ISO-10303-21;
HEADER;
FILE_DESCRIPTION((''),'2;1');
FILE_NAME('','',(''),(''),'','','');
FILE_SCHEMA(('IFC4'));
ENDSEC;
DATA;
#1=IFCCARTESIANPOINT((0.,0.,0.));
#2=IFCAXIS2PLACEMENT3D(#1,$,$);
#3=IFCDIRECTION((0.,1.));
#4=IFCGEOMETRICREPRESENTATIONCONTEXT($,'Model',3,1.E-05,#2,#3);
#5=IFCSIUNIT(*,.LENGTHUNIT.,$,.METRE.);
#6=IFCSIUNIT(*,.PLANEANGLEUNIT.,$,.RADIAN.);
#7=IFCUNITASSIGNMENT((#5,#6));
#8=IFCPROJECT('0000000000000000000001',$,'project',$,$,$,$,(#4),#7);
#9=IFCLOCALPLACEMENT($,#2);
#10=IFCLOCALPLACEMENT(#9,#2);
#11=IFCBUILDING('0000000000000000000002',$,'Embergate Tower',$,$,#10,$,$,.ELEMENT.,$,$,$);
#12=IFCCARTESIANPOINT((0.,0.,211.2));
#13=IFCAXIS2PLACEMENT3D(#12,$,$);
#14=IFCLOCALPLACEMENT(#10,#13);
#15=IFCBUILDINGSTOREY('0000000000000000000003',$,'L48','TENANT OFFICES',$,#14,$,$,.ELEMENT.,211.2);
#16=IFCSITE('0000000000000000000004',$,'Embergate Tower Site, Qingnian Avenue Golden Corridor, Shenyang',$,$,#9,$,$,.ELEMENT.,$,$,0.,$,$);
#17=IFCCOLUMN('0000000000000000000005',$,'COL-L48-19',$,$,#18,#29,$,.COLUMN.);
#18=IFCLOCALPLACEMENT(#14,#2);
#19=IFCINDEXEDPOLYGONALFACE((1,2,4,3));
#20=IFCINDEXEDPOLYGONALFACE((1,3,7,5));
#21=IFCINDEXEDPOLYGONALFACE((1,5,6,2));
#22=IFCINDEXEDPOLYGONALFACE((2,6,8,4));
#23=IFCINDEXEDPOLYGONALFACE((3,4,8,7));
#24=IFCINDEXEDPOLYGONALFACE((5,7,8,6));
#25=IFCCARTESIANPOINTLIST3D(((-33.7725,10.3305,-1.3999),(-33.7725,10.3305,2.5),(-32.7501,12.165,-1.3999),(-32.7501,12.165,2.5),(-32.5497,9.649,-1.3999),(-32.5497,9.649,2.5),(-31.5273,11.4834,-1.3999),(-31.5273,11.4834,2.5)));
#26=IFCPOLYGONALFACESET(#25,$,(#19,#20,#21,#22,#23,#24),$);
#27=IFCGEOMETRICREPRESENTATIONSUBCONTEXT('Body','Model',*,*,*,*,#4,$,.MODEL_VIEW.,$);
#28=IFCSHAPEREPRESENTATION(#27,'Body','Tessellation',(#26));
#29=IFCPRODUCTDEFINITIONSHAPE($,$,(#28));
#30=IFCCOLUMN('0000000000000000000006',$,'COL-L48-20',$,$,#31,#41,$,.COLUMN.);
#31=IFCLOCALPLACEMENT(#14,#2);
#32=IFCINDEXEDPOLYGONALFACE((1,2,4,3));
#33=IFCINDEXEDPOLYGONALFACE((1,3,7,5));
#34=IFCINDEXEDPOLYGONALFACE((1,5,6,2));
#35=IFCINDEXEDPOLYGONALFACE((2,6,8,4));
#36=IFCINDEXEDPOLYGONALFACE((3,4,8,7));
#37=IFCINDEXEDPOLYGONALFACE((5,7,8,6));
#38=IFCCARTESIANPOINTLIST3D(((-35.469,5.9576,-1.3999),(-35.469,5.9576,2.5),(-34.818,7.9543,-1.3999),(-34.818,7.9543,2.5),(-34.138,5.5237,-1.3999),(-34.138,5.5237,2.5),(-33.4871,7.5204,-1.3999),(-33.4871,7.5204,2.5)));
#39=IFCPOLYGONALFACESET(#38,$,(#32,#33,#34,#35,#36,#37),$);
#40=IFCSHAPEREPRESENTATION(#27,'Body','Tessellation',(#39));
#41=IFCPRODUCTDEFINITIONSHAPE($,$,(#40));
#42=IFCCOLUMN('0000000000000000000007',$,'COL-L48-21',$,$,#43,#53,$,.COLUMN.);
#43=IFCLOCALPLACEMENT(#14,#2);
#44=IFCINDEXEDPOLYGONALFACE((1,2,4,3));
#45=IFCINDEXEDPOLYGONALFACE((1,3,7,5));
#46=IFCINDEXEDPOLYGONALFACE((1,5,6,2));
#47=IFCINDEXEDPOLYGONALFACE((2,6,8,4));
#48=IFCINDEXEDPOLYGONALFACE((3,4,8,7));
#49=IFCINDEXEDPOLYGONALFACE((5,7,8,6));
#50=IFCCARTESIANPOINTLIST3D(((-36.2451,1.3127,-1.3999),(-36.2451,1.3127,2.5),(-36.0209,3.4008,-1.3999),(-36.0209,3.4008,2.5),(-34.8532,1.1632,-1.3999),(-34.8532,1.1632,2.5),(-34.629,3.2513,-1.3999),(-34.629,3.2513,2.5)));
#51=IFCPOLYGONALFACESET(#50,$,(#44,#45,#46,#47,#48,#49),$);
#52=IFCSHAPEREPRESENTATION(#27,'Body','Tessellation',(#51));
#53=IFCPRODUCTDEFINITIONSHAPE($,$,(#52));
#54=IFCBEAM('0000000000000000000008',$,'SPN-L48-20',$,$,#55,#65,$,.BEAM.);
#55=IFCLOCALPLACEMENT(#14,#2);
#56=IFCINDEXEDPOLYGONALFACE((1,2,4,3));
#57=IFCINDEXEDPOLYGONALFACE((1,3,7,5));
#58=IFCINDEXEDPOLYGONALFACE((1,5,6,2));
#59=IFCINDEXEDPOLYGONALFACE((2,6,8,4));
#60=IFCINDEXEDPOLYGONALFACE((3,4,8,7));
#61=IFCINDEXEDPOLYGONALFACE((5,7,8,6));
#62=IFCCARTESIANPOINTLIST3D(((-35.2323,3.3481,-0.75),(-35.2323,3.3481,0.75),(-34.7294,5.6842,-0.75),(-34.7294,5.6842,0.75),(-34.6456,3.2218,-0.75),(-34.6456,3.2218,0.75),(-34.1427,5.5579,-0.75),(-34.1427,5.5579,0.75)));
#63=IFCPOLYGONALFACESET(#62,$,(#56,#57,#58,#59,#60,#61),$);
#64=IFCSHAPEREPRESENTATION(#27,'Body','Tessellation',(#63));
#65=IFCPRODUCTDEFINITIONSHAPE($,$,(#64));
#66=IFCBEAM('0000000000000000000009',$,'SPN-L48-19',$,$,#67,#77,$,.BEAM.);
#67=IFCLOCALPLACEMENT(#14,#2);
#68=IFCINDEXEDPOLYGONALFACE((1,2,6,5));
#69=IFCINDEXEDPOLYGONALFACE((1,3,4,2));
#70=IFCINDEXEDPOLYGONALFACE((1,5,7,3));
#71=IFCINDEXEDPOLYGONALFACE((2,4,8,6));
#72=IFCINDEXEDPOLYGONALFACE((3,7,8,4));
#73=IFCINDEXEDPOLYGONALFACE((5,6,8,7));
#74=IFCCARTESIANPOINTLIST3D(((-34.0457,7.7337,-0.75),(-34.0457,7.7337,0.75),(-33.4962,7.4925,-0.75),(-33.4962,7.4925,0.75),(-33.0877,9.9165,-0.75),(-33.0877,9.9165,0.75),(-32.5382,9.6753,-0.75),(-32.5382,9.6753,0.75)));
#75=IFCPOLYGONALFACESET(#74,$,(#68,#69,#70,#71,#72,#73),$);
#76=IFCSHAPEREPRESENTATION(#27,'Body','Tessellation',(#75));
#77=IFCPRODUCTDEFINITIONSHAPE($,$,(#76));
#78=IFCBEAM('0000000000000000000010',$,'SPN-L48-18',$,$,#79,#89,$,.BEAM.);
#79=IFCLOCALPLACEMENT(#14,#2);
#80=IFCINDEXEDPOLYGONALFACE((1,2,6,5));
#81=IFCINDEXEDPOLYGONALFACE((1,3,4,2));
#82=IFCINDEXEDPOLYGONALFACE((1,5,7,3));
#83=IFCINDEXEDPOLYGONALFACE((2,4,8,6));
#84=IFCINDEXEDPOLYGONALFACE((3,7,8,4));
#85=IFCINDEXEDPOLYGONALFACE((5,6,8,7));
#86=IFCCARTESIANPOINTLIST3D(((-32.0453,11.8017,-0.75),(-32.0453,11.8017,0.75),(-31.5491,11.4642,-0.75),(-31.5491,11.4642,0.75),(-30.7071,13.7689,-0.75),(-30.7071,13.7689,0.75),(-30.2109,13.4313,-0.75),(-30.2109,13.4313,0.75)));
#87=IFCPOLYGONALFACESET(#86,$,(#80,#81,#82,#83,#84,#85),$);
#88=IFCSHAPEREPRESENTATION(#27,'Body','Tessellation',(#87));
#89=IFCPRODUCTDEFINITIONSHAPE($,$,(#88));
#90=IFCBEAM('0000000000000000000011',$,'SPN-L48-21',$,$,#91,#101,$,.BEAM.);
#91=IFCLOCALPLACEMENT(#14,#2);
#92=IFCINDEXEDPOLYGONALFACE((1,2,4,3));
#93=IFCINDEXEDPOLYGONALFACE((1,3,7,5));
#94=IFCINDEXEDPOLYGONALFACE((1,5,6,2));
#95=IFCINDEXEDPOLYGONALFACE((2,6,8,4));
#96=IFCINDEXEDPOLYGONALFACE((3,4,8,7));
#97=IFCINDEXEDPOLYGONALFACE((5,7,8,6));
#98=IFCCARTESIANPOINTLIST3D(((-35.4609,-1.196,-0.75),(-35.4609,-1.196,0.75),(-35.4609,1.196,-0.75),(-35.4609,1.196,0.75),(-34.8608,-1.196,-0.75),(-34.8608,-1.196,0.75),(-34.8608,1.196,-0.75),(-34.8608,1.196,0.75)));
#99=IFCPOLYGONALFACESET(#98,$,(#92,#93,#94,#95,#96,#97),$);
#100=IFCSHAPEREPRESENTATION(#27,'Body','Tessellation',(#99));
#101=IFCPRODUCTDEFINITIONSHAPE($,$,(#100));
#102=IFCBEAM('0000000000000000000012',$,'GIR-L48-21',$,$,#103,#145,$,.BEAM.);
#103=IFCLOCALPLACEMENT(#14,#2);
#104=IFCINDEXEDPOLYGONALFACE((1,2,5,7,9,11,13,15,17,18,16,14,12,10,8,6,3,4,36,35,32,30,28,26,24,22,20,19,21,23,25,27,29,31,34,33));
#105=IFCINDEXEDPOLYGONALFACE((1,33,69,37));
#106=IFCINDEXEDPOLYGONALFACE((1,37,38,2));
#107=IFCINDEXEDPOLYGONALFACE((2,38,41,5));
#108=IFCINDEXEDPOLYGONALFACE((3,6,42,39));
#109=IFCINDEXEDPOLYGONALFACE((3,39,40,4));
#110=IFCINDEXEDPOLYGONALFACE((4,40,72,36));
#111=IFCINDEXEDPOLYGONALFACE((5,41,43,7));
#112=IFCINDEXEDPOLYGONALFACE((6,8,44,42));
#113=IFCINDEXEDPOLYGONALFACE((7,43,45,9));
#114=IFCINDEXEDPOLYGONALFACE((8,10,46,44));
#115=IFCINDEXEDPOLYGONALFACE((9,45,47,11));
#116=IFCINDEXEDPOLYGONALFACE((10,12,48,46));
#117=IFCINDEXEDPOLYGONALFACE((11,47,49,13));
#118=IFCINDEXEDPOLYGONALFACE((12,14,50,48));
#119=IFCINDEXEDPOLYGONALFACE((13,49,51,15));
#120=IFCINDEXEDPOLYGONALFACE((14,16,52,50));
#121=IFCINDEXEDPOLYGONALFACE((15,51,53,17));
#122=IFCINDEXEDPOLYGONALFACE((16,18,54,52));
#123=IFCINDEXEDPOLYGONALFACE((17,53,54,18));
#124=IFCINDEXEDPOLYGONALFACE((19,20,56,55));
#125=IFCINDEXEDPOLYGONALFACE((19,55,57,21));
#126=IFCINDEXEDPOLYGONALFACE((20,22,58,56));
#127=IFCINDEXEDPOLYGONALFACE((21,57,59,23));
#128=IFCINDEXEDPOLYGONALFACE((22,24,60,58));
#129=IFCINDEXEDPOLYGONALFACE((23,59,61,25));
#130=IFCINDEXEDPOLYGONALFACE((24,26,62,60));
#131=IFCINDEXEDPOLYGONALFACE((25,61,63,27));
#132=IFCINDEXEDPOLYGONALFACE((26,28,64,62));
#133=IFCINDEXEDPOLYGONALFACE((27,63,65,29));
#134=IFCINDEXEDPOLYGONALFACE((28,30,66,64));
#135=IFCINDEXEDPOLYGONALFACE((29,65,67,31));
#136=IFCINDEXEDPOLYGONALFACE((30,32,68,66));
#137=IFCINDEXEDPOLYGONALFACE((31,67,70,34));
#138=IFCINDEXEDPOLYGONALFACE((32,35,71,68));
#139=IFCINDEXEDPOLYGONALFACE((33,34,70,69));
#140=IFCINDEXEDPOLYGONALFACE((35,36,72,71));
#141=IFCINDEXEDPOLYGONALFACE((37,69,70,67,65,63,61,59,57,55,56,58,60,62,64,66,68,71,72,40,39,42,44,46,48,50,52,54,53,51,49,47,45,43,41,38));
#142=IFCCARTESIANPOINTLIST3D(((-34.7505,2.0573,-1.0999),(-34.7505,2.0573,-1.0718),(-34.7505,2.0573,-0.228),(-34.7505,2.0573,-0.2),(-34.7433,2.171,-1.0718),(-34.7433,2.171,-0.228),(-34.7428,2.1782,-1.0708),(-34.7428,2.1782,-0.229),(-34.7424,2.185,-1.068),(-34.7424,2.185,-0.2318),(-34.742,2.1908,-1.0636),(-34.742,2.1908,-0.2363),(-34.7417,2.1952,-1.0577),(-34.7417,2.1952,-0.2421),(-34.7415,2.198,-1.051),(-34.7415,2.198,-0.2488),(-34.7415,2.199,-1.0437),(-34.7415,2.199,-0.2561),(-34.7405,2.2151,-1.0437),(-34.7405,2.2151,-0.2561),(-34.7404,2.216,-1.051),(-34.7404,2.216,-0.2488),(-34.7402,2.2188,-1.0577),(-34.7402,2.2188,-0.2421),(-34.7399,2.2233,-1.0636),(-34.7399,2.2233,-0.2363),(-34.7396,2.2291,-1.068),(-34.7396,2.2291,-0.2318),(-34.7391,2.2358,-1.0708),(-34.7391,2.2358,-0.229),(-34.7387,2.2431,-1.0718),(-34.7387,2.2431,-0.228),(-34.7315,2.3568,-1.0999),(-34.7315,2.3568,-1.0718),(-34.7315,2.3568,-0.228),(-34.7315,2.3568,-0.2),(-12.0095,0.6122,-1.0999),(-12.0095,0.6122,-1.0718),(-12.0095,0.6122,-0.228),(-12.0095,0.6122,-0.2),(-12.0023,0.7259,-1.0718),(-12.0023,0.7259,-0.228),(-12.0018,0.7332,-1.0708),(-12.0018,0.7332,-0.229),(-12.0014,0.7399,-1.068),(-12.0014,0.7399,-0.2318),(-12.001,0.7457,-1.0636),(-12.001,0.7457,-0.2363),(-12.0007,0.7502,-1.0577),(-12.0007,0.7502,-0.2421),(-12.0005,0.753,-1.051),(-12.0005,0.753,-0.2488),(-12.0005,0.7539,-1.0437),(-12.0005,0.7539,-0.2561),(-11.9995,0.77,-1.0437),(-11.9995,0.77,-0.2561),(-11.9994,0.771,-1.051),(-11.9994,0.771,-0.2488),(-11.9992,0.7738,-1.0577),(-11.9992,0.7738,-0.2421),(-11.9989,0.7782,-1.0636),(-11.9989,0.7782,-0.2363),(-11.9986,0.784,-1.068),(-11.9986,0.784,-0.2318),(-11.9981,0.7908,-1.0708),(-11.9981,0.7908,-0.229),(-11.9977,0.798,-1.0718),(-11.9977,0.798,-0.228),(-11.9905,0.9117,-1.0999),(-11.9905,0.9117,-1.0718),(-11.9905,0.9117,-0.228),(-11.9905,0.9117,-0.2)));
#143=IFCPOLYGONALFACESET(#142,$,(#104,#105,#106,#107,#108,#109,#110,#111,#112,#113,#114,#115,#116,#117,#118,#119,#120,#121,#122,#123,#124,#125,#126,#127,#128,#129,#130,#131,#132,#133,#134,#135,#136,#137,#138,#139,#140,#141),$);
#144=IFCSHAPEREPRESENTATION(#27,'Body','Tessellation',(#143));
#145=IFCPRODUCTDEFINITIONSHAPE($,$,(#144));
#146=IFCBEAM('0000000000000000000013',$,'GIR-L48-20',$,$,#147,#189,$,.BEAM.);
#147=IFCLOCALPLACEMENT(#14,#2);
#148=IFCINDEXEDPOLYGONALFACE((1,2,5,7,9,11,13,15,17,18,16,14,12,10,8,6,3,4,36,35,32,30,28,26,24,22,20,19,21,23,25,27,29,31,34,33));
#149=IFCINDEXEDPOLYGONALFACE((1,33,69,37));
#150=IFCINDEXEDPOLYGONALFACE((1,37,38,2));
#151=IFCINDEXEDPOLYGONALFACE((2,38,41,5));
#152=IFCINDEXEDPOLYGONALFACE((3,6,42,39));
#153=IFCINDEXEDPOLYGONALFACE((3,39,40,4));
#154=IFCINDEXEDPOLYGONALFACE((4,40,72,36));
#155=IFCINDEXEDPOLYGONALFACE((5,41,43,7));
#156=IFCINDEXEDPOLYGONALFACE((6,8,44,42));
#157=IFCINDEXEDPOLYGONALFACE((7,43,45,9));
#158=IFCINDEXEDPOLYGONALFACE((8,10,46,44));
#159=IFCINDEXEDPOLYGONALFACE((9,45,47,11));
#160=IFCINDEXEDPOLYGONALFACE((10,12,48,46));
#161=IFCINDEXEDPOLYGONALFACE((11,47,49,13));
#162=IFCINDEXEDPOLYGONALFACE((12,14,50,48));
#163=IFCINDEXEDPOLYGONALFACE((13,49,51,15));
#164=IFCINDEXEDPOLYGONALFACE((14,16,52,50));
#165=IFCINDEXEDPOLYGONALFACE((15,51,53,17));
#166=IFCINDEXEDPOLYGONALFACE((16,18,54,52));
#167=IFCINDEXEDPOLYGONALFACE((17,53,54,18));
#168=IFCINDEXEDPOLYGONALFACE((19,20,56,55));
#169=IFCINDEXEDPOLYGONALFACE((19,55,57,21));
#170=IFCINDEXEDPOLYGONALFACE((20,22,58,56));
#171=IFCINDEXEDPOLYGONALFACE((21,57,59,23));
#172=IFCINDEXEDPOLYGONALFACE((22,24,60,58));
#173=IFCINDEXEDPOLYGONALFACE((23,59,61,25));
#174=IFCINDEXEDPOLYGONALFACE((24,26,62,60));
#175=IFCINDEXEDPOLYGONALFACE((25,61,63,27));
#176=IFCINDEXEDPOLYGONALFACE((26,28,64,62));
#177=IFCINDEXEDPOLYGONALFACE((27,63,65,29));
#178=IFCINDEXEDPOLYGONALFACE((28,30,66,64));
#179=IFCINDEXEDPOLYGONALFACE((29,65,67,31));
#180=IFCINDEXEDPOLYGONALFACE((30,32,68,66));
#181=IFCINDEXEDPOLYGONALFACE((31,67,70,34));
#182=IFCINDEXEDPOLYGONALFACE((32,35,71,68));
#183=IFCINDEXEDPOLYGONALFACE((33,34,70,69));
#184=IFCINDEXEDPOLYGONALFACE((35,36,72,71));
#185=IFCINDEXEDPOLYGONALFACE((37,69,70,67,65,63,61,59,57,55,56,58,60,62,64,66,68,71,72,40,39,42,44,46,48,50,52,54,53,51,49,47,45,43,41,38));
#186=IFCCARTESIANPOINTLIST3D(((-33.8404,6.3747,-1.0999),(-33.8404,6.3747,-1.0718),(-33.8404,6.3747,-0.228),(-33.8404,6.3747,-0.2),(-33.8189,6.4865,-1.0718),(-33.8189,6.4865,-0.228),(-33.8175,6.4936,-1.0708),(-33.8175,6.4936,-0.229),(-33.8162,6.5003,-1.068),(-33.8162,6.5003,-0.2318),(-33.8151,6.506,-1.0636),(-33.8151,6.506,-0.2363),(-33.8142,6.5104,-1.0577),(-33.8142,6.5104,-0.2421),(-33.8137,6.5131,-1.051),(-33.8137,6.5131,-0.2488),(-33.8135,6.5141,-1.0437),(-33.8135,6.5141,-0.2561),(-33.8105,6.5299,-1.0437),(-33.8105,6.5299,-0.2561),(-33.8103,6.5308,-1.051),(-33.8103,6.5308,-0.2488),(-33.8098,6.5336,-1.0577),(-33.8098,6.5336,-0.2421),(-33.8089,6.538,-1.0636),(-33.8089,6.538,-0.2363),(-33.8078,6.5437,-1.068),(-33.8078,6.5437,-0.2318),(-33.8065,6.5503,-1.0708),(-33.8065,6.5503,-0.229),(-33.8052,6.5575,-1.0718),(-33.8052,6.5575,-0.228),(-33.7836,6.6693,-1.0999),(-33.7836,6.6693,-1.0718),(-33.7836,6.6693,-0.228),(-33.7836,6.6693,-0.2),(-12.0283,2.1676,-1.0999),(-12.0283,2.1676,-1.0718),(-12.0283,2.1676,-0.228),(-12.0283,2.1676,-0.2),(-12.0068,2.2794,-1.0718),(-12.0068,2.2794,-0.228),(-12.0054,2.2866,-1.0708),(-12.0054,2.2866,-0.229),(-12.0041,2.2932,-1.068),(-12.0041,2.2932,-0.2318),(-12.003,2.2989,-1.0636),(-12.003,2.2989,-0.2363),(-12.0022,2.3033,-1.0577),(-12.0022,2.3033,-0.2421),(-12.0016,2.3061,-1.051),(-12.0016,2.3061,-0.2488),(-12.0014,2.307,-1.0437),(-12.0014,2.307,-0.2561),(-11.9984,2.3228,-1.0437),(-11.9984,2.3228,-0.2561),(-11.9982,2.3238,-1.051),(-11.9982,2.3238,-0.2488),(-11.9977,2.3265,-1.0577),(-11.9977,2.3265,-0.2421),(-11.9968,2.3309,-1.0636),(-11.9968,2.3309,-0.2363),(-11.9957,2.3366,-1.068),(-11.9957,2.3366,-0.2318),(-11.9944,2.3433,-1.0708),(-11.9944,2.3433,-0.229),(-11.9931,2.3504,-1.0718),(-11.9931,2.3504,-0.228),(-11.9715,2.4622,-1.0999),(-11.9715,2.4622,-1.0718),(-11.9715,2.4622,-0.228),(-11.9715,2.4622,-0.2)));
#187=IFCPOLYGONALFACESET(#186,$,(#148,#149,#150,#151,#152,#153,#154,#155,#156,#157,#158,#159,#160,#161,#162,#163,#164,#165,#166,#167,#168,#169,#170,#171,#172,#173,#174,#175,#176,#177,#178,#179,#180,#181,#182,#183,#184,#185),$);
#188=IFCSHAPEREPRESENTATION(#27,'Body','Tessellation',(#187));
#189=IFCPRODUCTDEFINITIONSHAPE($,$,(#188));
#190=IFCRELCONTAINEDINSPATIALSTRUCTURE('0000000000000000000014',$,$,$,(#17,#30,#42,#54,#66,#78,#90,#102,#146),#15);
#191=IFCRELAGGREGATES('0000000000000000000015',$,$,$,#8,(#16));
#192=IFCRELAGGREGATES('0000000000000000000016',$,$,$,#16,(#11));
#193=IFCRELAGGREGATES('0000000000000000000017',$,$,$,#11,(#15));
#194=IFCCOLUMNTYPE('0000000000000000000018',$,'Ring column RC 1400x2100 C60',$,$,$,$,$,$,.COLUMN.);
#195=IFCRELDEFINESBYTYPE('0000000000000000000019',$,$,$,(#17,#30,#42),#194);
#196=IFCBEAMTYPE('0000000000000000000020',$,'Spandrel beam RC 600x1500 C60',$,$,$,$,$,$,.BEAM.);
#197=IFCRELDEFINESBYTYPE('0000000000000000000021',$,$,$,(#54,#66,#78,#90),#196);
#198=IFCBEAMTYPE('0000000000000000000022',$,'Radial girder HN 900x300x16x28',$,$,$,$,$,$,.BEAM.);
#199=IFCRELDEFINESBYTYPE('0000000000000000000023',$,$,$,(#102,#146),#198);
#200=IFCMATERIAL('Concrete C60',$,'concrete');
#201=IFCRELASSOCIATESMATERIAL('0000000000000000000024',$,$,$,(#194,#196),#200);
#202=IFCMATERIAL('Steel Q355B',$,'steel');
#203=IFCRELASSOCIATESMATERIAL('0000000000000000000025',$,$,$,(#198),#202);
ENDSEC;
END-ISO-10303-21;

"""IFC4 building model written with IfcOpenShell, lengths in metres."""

from ifc_helpers import new_model, si_unit, direction, frame, origin, origin_2d, place, context, subcontext, project, spatial, rectangle, i_section, extrude, source, transform, mapped, material, material_profile, profile_set, type_object, element, save


model = new_model("IFC4")

# Units and contexts
model_context = context("Model", 3, precision=1e-05, world=origin(), true_north=direction((0.0, 1.0)))
body_context = subcontext(model_context, "Body", "Model", "MODEL_VIEW")
ifc_project = project(units=[si_unit("LENGTHUNIT", "METRE"), si_unit("PLANEANGLEUNIT", "RADIAN")], contexts=[model_context])

# Site, building, storey
site_placement = place(None, origin())
site = spatial("IfcSite", under=ifc_project, at=site_placement, Name="Embergate Tower Site, Qingnian Avenue Golden Corridor, Shenyang", CompositionType="ELEMENT", RefElevation=0.0)
building_placement = place(site_placement, origin())
building = spatial("IfcBuilding", under=site, at=building_placement, Name="Embergate Tower", CompositionType="ELEMENT")
storey_placement = place(building_placement, frame((0.0, 0.0, 211.2)))
storey = spatial("IfcBuildingStorey", under=building, at=storey_placement, Name="L48", Description="TENANT OFFICES", CompositionType="ELEMENT", Elevation=211.2)

# Columns
ifc_material_1 = material(Name="Concrete C60", Category="concrete")
ifc_material_profile_1 = material_profile(ifc_material_1, rectangle(XDim=1.3999, YDim=2.1001, at=origin_2d()), Name="RC 1400x2100")
ifc_profile_set_1 = profile_set([ifc_material_profile_1], Name="Concrete C60")
column_type = type_object("IfcColumnType", Name="Ring column RC 1400x2100 C60", PredefinedType="COLUMN", material=ifc_profile_set_1)
shared_shape_1 = source(origin(), body_context, "Body", "SweptSolid", [
    extrude(rectangle(XDim=1.3999, YDim=2.1001, at=origin_2d()), origin(), (0.0, 0.0, 1.0), 3.8999),
])
for number, where, z_axis, x_axis, name in (
    (1, (-32.6499, 10.907, -1.3999), (0.0, 0.0, 1.0), (-0.8735, 0.486823, 0.0), "COL-L48-19"),
    (2, (-34.478, 6.739, -1.3999), (0.0, 0.0, 1.0), (-0.950754, 0.309946, 0.0), "COL-L48-20"),
    (3, (-35.437, 2.282, -1.3999), (0.0, 0.0, 1.0), (-0.994286, 0.10675, 0.0), "COL-L48-21"),
):
    element("IfcColumn", number, at=place(storey_placement, frame(where, z_axis=z_axis, x_axis=x_axis)), inside=storey, type_object=column_type, Name=name, PredefinedType="COLUMN", context=body_context, shape_type="MappedRepresentation", body=[
        mapped(shared_shape_1, transform((0.0, 0.0, 0.0))),
    ])

# Beams
ifc_material_profile_2 = material_profile(ifc_material_1, rectangle(XDim=0.6001, YDim=1.5, at=origin_2d()), Name="RC 600x1500")
ifc_profile_set_2 = profile_set([ifc_material_profile_2], Name="Concrete C60")
beam_type_1 = type_object("IfcBeamType", Name="Spandrel beam RC 600x1500 C60", PredefinedType="BEAM", material=ifc_profile_set_2)
shared_shape_2 = source(origin(), body_context, "Body", "SweptSolid", [
    extrude(rectangle(XDim=0.6001, YDim=1.5, at=origin_2d()), origin(), (0.0, 0.0, 1.0), 2.3896),
])
beam_1_placement = place(storey_placement, frame((-34.436, 5.6211, 0.0), z_axis=(-0.210457, -0.977603, 0.0), x_axis=(0.977603, -0.210457, 0.0)))
element("IfcBeam", 4, at=beam_1_placement, inside=storey, type_object=beam_type_1, Name="SPN-L48-20", PredefinedType="BEAM", context=body_context, shape_type="MappedRepresentation", body=[
    mapped(shared_shape_2, transform((0.0, 0.0, 0.0))),
])
shared_shape_3 = source(origin(), body_context, "Body", "SweptSolid", [
    extrude(rectangle(XDim=0.6001, YDim=1.5, at=origin_2d()), origin(), (0.0, 0.0, 1.0), 2.3838),
])
beam_2_placement = place(storey_placement, frame((-32.813, 9.7959, 0.0), z_axis=(-0.401877, -0.915694, 0.0), x_axis=(0.915694, -0.401877, 0.0)))
element("IfcBeam", 5, at=beam_2_placement, inside=storey, type_object=beam_type_1, Name="SPN-L48-19", PredefinedType="BEAM", context=body_context, shape_type="MappedRepresentation", body=[
    mapped(shared_shape_3, transform((0.0, 0.0, 0.0))),
])
shared_shape_4 = source(origin(), body_context, "Body", "SweptSolid", [
    extrude(rectangle(XDim=0.6001, YDim=1.5, at=origin_2d()), origin(), (0.0, 0.0, 1.0), 2.3792),
])
beam_3_placement = place(storey_placement, frame((-30.459, 13.6001, 0.0), z_axis=(-0.562467, -0.82682, 0.0), x_axis=(0.82682, -0.562467, 0.0)))
element("IfcBeam", 6, at=beam_3_placement, inside=storey, type_object=beam_type_1, Name="SPN-L48-18", PredefinedType="BEAM", context=body_context, shape_type="MappedRepresentation", body=[
    mapped(shared_shape_4, transform((0.0, 0.0, 0.0))),
])
shared_shape_5 = source(origin(), body_context, "Body", "SweptSolid", [
    extrude(rectangle(XDim=0.6001, YDim=1.5, at=origin_2d()), origin(), (0.0, 0.0, 1.0), 2.3921),
])
beam_4_placement = place(storey_placement, frame((-35.1609, 1.196, 0.0), z_axis=(0.0, -1.0, 0.0), x_axis=(1.0, 0.0, 0.0)))
element("IfcBeam", 7, at=beam_4_placement, inside=storey, type_object=beam_type_1, Name="SPN-L48-21", PredefinedType="BEAM", context=body_context, shape_type="MappedRepresentation", body=[
    mapped(shared_shape_5, transform((0.0, 0.0, 0.0))),
])
ifc_material_2 = material(Name="Steel Q355B", Category="steel")
ifc_material_profile_3 = material_profile(ifc_material_2, i_section(OverallWidth=0.3, OverallDepth=0.8999, WebThickness=0.0161, FlangeThickness=0.0281, FilletRadius=0.0281, at=origin_2d()), Name="HN 900x300x16x28")
ifc_profile_set_3 = profile_set([ifc_material_profile_3], Name="Steel Q355 grade B")
beam_type_2 = type_object("IfcBeamType", Name="Radial girder HN 900x300x16x28", PredefinedType="BEAM", material=ifc_profile_set_3)
shared_shape_6 = source(origin(), body_context, "Body", "SweptSolid", [
    extrude(i_section(OverallWidth=0.3, OverallDepth=0.8999, WebThickness=0.0161, FlangeThickness=0.0281, FilletRadius=0.0281, at=origin_2d()), origin(), (0.0, 0.0, 1.0), 22.7869),
])
beam_5_placement = place(storey_placement, frame((-34.741, 2.207, -0.6499), z_axis=(0.997987, -0.063417, 0.0), x_axis=(0.063417, 0.997987, 0.0)))
element("IfcBeam", 8, at=beam_5_placement, inside=storey, type_object=beam_type_2, Name="GIR-L48-21", PredefinedType="BEAM", context=body_context, shape_type="MappedRepresentation", body=[
    mapped(shared_shape_6, transform((0.0, 0.0, 0.0))),
])
shared_shape_7 = source(origin(), body_context, "Body", "SweptSolid", [
    extrude(i_section(OverallWidth=0.3, OverallDepth=0.8999, WebThickness=0.0161, FlangeThickness=0.0281, FilletRadius=0.0281, at=origin_2d()), origin(), (0.0, 0.0, 1.0), 22.2141),
])
beam_6_placement = place(storey_placement, frame((-33.812, 6.522, -0.6499), z_axis=(0.981903, -0.189386, 0.0), x_axis=(0.189386, 0.981903, 0.0)))
element("IfcBeam", 9, at=beam_6_placement, inside=storey, type_object=beam_type_2, Name="GIR-L48-20", PredefinedType="BEAM", context=body_context, shape_type="MappedRepresentation", body=[
    mapped(shared_shape_7, transform((0.0, 0.0, 0.0))),
])

save(model, "model.ifc")
